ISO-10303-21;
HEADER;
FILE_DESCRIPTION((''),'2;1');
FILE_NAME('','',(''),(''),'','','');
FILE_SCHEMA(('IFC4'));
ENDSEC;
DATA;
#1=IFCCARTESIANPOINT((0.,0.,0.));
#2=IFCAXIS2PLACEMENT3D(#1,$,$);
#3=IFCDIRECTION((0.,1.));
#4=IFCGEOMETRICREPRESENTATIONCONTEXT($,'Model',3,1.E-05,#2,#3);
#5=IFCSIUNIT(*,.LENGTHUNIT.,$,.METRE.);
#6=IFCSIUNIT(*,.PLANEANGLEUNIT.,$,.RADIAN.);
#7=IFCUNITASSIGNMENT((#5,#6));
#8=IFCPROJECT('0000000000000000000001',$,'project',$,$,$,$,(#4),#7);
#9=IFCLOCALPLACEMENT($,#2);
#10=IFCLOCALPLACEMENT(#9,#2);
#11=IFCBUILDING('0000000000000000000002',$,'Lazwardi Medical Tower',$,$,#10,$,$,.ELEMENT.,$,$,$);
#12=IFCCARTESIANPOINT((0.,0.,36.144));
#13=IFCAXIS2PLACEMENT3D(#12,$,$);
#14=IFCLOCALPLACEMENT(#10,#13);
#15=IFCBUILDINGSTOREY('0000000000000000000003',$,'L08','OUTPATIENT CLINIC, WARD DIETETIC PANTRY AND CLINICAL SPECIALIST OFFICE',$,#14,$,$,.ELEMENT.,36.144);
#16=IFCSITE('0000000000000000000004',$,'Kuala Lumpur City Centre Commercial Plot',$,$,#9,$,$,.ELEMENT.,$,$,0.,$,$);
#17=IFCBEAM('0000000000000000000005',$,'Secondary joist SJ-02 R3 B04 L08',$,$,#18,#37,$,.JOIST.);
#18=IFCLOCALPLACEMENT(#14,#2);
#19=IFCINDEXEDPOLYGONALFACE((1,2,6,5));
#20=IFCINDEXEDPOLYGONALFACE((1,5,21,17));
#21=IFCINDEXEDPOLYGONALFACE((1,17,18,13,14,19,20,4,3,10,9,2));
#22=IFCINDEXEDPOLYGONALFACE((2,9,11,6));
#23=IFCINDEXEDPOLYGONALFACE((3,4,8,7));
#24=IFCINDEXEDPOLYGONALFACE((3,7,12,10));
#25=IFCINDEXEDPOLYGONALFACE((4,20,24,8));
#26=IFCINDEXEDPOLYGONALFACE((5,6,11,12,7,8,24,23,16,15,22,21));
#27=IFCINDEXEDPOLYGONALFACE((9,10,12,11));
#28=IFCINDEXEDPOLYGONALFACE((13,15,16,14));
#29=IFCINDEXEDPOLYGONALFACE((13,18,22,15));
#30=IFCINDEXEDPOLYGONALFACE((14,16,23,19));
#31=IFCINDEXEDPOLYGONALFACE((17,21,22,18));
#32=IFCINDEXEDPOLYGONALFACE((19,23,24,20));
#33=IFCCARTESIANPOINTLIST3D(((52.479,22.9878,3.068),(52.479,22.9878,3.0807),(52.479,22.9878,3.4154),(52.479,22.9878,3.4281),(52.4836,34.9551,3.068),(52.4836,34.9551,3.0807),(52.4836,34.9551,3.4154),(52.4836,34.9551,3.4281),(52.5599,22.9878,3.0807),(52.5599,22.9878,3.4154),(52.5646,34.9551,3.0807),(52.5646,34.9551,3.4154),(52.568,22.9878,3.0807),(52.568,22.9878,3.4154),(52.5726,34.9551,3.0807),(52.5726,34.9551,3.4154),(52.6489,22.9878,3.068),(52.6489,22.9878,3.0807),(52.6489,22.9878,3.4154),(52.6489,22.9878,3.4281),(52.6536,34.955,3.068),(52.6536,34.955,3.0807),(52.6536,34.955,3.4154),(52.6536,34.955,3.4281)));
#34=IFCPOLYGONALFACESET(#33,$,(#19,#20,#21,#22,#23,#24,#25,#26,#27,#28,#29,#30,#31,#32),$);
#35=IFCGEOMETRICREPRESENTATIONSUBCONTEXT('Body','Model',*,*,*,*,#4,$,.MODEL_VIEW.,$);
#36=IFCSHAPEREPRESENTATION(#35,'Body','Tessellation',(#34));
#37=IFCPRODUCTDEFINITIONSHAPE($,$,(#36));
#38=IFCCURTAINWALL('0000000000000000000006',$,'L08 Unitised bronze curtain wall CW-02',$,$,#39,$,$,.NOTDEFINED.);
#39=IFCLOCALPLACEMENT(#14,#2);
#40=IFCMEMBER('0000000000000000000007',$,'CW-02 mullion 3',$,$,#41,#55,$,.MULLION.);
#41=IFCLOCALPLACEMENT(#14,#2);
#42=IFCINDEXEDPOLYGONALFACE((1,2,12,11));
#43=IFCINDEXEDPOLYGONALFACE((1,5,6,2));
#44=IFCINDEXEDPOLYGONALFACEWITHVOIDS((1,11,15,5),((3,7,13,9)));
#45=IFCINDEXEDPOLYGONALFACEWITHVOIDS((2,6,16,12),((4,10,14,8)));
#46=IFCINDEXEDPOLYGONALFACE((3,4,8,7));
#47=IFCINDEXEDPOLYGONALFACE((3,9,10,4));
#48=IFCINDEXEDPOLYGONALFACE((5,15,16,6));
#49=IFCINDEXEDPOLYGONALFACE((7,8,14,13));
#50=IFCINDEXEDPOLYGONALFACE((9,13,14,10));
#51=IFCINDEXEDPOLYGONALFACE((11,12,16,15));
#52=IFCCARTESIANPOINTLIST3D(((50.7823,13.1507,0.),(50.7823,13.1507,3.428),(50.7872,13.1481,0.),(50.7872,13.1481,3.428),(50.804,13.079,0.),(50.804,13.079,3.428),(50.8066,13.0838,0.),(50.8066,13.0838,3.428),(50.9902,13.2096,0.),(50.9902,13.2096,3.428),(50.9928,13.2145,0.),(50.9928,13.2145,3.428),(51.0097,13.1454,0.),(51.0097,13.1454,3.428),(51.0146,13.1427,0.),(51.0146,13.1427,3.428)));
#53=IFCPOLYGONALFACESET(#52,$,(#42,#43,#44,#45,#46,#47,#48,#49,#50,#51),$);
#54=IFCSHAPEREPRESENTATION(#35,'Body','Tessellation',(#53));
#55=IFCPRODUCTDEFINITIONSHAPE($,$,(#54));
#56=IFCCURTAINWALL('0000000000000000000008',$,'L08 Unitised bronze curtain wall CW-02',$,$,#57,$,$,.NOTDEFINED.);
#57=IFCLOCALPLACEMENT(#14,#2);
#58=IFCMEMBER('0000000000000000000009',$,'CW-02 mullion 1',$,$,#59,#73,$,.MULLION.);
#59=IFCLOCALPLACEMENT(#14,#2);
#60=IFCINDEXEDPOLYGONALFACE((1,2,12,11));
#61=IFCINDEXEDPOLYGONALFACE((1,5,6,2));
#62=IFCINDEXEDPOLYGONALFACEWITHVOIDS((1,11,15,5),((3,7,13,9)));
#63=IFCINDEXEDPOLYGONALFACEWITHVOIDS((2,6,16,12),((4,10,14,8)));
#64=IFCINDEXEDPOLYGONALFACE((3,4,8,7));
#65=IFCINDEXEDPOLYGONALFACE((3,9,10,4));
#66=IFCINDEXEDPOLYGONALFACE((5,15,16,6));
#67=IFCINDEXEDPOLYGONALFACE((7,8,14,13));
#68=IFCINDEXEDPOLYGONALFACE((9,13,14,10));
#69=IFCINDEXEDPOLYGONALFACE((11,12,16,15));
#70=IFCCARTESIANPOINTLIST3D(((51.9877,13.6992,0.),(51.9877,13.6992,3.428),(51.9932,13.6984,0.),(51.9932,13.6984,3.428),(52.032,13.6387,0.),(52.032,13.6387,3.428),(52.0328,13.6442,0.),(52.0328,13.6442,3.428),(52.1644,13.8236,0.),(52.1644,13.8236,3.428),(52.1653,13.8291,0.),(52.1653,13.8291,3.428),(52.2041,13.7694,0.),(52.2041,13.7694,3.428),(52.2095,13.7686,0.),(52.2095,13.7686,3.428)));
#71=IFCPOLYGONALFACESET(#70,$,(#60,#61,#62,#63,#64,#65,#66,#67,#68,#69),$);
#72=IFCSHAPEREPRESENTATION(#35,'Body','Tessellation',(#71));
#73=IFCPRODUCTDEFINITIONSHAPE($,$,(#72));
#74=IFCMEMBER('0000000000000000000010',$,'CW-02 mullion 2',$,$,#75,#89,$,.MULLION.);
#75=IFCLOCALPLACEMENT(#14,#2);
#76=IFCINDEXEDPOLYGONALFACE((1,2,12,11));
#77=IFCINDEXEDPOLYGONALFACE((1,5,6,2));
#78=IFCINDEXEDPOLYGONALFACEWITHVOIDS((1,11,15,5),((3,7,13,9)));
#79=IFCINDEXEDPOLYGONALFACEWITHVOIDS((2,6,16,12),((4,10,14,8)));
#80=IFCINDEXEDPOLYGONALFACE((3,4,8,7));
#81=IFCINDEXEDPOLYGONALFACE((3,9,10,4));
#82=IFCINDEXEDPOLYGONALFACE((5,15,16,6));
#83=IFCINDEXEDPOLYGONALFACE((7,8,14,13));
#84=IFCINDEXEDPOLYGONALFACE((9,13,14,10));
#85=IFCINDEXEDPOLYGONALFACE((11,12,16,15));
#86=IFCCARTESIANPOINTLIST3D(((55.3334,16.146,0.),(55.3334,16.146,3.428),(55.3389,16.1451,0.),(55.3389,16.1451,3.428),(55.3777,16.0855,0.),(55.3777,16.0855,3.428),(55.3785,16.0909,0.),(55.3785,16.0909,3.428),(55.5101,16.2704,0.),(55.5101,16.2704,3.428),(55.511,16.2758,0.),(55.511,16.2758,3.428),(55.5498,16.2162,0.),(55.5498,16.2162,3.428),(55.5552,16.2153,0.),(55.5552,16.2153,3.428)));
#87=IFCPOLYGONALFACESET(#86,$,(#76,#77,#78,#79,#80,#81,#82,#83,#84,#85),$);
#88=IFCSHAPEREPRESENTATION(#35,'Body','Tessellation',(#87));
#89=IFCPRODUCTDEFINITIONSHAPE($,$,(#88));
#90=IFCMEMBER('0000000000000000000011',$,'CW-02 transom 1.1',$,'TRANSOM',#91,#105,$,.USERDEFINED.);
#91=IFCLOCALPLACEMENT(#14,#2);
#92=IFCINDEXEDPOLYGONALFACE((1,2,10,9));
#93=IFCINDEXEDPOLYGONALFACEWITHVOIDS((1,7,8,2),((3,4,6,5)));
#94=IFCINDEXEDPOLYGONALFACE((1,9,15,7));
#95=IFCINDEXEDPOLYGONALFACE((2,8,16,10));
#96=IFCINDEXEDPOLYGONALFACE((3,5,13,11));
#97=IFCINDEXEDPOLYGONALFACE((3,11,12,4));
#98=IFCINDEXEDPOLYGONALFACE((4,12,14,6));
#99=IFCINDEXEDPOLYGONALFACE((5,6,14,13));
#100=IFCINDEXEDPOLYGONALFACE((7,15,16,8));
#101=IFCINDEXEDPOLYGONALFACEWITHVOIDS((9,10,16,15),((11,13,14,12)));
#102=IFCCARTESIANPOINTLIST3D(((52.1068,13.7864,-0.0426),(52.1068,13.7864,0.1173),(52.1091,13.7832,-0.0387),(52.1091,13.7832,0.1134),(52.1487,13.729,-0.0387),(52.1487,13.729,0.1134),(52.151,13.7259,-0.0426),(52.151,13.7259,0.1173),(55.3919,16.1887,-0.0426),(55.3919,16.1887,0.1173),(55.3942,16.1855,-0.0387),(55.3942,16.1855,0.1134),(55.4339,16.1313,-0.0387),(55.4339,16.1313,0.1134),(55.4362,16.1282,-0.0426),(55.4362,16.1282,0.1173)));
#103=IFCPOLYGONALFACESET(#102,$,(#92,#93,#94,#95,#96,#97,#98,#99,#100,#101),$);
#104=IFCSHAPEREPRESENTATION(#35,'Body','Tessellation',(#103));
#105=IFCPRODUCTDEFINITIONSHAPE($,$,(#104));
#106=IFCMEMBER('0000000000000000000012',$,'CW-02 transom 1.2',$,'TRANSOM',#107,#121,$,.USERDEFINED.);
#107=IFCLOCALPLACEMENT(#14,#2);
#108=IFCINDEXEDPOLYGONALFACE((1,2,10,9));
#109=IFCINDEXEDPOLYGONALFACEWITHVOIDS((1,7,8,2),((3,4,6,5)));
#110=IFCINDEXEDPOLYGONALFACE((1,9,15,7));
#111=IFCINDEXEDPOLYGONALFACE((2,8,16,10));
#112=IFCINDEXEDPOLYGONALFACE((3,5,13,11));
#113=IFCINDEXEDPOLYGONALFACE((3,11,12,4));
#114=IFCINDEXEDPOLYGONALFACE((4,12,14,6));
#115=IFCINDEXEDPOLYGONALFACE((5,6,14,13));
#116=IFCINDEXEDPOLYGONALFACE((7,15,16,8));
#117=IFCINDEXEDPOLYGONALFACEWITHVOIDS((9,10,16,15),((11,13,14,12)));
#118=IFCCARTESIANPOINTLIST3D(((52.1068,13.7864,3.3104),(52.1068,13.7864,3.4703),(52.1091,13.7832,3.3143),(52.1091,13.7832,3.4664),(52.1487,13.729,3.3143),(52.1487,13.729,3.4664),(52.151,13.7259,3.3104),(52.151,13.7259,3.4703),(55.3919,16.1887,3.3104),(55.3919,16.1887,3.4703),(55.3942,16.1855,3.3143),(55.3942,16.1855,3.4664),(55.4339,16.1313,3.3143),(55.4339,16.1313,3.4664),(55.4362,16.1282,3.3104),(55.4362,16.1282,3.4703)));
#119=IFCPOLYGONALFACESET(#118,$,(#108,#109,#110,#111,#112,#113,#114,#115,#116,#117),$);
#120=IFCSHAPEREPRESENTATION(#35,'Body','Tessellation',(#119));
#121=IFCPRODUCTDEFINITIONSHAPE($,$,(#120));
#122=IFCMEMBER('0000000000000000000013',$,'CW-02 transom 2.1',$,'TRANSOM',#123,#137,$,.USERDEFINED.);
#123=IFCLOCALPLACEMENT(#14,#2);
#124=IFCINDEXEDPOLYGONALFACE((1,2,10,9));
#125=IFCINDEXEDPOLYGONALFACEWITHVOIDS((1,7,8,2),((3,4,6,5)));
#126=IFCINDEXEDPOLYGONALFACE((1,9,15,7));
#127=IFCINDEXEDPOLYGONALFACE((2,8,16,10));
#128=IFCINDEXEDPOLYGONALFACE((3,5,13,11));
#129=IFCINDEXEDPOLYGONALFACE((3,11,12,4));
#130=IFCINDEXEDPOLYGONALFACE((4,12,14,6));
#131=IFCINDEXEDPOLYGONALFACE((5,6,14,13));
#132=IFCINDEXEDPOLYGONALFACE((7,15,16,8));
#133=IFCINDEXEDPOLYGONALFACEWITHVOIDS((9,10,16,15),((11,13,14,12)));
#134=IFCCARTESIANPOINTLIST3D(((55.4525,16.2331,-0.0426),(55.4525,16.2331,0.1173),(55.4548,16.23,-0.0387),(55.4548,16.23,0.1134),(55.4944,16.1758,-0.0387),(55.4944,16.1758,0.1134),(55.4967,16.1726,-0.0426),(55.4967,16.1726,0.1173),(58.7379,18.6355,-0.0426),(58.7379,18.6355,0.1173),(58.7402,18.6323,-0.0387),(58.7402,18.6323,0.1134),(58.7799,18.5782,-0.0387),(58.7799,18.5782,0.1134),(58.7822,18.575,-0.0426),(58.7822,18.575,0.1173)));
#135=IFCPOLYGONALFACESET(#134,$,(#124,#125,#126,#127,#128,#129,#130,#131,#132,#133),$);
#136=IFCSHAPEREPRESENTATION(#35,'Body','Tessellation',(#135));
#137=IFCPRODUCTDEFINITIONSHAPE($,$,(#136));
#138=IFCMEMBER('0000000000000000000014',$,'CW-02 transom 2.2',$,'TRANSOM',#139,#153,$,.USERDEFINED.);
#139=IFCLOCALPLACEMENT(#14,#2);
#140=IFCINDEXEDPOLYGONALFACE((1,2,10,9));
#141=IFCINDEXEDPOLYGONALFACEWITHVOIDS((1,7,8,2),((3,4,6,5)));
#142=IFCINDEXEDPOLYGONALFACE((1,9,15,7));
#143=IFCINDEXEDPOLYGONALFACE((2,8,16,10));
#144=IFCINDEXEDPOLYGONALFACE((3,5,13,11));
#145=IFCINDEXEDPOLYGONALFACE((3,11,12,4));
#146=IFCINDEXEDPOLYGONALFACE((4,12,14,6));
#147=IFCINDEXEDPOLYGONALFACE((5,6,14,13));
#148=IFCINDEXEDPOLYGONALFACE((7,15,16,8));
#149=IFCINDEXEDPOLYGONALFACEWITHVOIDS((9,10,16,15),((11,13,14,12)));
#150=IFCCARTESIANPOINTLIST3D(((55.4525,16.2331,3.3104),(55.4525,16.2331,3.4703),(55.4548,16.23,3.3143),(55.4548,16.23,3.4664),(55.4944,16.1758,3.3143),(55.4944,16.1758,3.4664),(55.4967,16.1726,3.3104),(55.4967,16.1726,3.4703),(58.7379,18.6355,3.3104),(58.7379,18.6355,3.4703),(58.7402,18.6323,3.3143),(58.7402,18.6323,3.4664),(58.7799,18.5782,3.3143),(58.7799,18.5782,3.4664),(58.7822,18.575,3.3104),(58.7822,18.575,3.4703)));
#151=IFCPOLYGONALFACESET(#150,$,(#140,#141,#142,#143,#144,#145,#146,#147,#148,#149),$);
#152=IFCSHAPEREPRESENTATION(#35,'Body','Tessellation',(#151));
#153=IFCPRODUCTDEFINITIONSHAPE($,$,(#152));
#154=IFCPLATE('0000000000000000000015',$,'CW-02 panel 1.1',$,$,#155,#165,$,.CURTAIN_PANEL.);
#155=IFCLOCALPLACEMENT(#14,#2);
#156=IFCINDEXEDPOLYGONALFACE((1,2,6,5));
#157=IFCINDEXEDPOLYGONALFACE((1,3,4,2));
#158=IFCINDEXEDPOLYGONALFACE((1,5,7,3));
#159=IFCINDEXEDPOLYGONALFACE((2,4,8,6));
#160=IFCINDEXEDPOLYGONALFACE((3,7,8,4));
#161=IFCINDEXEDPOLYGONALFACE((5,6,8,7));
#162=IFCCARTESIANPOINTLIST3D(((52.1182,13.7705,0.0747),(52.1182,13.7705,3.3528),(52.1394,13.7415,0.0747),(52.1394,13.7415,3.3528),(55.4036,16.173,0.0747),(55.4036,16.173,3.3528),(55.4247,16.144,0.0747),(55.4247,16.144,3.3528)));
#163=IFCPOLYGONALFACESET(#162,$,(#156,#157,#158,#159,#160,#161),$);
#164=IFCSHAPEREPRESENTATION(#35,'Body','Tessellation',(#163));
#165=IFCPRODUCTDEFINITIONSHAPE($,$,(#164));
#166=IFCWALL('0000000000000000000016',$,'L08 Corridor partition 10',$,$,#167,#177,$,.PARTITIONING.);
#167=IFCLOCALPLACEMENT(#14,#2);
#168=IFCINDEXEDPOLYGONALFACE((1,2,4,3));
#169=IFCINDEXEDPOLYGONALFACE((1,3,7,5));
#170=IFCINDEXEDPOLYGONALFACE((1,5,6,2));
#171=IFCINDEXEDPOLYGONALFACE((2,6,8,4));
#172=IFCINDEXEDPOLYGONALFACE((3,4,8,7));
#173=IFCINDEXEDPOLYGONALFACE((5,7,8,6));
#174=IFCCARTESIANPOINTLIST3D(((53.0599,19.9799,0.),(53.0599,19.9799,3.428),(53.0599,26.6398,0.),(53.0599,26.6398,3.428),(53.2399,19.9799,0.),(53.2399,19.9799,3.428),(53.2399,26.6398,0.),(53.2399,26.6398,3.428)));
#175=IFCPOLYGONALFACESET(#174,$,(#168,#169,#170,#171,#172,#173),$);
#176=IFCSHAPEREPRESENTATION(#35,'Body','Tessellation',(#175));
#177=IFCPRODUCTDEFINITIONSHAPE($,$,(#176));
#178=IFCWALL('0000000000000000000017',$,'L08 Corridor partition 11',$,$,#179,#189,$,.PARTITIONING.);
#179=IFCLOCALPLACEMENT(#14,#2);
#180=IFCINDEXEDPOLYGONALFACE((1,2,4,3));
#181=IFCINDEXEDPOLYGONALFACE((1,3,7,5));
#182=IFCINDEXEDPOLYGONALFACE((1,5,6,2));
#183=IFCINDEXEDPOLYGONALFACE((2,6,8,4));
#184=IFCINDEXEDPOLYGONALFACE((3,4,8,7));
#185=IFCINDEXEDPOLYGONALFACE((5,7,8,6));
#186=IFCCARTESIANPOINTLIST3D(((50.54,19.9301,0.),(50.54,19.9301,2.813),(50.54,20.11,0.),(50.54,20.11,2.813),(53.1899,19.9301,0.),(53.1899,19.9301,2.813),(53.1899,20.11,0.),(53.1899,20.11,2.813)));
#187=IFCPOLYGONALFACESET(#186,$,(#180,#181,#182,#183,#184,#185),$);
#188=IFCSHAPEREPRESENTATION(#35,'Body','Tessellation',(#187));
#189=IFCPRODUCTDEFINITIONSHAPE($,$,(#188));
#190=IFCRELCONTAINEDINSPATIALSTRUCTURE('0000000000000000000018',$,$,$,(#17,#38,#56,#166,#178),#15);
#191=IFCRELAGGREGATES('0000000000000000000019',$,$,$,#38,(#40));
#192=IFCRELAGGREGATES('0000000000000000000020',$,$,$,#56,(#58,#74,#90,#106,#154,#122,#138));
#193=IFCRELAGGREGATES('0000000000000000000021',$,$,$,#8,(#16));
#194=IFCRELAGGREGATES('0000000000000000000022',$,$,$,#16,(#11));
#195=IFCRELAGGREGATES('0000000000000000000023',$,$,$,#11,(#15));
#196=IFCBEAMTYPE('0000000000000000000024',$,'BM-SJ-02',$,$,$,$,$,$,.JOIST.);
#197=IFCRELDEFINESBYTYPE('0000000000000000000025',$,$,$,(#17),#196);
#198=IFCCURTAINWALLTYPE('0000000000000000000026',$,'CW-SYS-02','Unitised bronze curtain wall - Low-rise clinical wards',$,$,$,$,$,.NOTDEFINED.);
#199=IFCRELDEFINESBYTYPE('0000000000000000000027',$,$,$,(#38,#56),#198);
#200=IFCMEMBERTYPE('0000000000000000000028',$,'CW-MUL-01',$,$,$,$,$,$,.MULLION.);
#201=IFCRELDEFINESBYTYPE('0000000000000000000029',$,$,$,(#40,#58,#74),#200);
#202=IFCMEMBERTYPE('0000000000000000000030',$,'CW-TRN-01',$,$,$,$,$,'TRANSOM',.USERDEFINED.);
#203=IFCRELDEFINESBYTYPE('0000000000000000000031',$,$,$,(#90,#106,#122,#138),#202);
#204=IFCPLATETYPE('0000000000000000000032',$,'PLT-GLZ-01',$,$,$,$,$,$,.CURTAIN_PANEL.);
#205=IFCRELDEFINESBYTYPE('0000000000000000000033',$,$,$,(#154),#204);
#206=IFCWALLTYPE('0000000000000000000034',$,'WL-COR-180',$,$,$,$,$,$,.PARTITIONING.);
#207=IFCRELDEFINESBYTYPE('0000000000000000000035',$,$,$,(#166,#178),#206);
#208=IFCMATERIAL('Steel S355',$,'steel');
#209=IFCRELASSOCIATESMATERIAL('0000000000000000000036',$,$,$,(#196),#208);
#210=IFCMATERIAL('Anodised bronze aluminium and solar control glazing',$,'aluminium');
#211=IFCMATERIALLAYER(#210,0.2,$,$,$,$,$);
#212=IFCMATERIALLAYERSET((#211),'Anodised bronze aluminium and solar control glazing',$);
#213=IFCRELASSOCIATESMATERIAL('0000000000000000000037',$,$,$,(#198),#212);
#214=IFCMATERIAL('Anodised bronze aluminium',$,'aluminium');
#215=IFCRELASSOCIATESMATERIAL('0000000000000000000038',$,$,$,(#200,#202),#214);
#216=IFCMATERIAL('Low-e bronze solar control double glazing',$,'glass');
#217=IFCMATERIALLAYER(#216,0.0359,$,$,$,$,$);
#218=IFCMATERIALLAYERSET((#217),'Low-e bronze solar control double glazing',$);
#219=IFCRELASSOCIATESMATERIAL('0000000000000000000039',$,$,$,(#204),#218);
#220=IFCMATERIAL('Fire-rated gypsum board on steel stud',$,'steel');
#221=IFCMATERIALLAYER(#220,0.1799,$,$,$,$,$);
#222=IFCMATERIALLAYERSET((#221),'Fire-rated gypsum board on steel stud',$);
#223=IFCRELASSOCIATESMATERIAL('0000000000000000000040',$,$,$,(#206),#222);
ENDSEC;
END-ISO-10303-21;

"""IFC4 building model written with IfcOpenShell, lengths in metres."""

from ifc_helpers import new_model, si_unit, direction, frame, frame_2d, origin, origin_2d, place, context, subcontext, project, spatial, rectangle, hollow_rectangle, i_section, extrude, material, layer, layer_set, material_profile, profile_set, type_object, element, aggregate, save


model = new_model("IFC4")

# Units and contexts
model_context = context("Model", 3, precision=1e-05, world=origin(), true_north=direction((0.0, 1.0)))
body_context = subcontext(model_context, "Body", "Model", "MODEL_VIEW")
ifc_project = project(units=[si_unit("LENGTHUNIT", "METRE"), si_unit("PLANEANGLEUNIT", "RADIAN")], contexts=[model_context])

# Site, building, storey
site_placement = place(None, origin())
site = spatial("IfcSite", under=ifc_project, at=site_placement, Name="Kuala Lumpur City Centre Commercial Plot", CompositionType="ELEMENT", RefElevation=0.0)
building_placement = place(site_placement, origin())
building = spatial("IfcBuilding", under=site, at=building_placement, Name="Lazwardi Medical Tower", CompositionType="ELEMENT")
storey_placement = place(building_placement, frame((0.0, 0.0, 36.144)))
storey = spatial("IfcBuildingStorey", under=building, at=storey_placement, Name="L08", Description="OUTPATIENT CLINIC, WARD DIETETIC PANTRY AND CLINICAL SPECIALIST OFFICE", CompositionType="ELEMENT", Elevation=36.144)

# Beam
ifc_material_1 = material(Name="Steel S355", Category="steel")
ifc_material_profile_1 = material_profile(ifc_material_1, i_section(OverallWidth=0.1699, OverallDepth=0.3601, WebThickness=0.0081, FlangeThickness=0.0127, at=origin_2d()), Name="IPE 360")
ifc_profile_set_1 = profile_set([ifc_material_profile_1], Name="Steel S355")
beam_type_1 = type_object("IfcBeamType", Name="BM-SJ-02", PredefinedType="JOIST", material=ifc_profile_set_1)
beam_1_placement = place(storey_placement, frame((52.564, 22.9878, 3.248), z_axis=(0.000388, 1.0, 0.0), x_axis=(-1.0, 0.000388, 0.0)))
element("IfcBeam", 1, at=beam_1_placement, inside=storey, type_object=beam_type_1, Name="Secondary joist SJ-02 R3 B04 L08", PredefinedType="JOIST", context=body_context, shape_type="SweptSolid", body=[
    extrude(i_section(OverallWidth=0.1699, OverallDepth=0.3601, WebThickness=0.0081, FlangeThickness=0.0127, at=origin_2d()), origin(), (0.0, 0.0, 1.0), 11.9673),
])

# Curtain wall, member
ifc_material_2 = material(Name="Anodised bronze aluminium and solar control glazing", Category="aluminium")
ifc_layer_1 = layer(ifc_material_2, 0.2)
ifc_layer_set_1 = layer_set([ifc_layer_1], Name="Anodised bronze aluminium and solar control glazing")
curtain_wall_type = type_object("IfcCurtainWallType", Name="CW-SYS-02", Description="Unitised bronze curtain wall - Low-rise clinical wards", PredefinedType="NOTDEFINED", material=ifc_layer_set_1)
curtain_wall_1_placement = place(storey_placement, origin())
curtain_wall_1 = element("IfcCurtainWall", 2, at=curtain_wall_1_placement, inside=storey, type_object=curtain_wall_type, Name="L08 Unitised bronze curtain wall CW-02", PredefinedType="NOTDEFINED")
ifc_material_3 = material(Name="Anodised bronze aluminium", Category="aluminium")
ifc_material_profile_2 = material_profile(ifc_material_3, hollow_rectangle(XDim=0.075, YDim=0.22, WallThickness=0.0039, at=origin_2d()), Name="ALU-MULLION 220x75x4")
ifc_profile_set_2 = profile_set([ifc_material_profile_2], Name="Anodised bronze aluminium")
member_type_1 = type_object("IfcMemberType", Name="CW-MUL-01", PredefinedType="MULLION", material=ifc_profile_set_2)
member_1_placement = place(storey_placement, frame((50.8984, 13.1467, 0.0), z_axis=(0.0, 0.0, 1.0), x_axis=(-0.289896, 0.957058, 0.0)))
member_1 = element("IfcMember", 3, at=member_1_placement, type_object=member_type_1, Name="CW-02 mullion 3", PredefinedType="MULLION", context=body_context, shape_type="SweptSolid", body=[
    extrude(hollow_rectangle(XDim=0.075, YDim=0.22, WallThickness=0.0039, at=origin_2d()), origin(), (0.0, 0.0, 1.0), 3.428),
])
aggregate(curtain_wall_1, [member_1])

# Curtain wall, members, plate
curtain_wall_2_placement = place(storey_placement, origin())
curtain_wall_2 = element("IfcCurtainWall", 4, at=curtain_wall_2_placement, inside=storey, type_object=curtain_wall_type, Name="L08 Unitised bronze curtain wall CW-02", PredefinedType="NOTDEFINED")
member_2_placement = place(storey_placement, frame((52.0986, 13.7339, 0.0), z_axis=(0.0, 0.0, 1.0), x_axis=(-0.590289, 0.807192, 0.0)))
member_2 = element("IfcMember", 5, at=member_2_placement, type_object=member_type_1, Name="CW-02 mullion 1", PredefinedType="MULLION", context=body_context, shape_type="SweptSolid", body=[
    extrude(hollow_rectangle(XDim=0.075, YDim=0.22, WallThickness=0.0039, at=origin_2d()), origin(), (0.0, 0.0, 1.0), 3.428),
])
member_3_placement = place(storey_placement, frame((55.4443, 16.1807, 0.0), z_axis=(0.0, 0.0, 1.0), x_axis=(-0.590289, 0.807192, 0.0)))
member_3 = element("IfcMember", 6, at=member_3_placement, type_object=member_type_1, Name="CW-02 mullion 2", PredefinedType="MULLION", context=body_context, shape_type="SweptSolid", body=[
    extrude(hollow_rectangle(XDim=0.075, YDim=0.22, WallThickness=0.0039, at=origin_2d()), origin(), (0.0, 0.0, 1.0), 3.428),
])
ifc_material_profile_3 = material_profile(ifc_material_3, hollow_rectangle(XDim=0.075, YDim=0.1599, WallThickness=0.0039, at=origin_2d()), Name="ALU-TRANSOM 160x75x4")
ifc_profile_set_3 = profile_set([ifc_material_profile_3], Name="Anodised bronze aluminium")
member_type_2 = type_object("IfcMemberType", Name="CW-TRN-01", ElementType="TRANSOM", PredefinedType="USERDEFINED", material=ifc_profile_set_3)
member_4_placement = place(storey_placement, frame((52.1289, 13.7561, 0.0374), z_axis=(0.807198, 0.590281, 0.0), x_axis=(-0.590281, 0.807198, 0.0)))
member_4 = element("IfcMember", 7, at=member_4_placement, type_object=member_type_2, Name="CW-02 transom 1.1", ObjectType="TRANSOM", PredefinedType="USERDEFINED", context=body_context, shape_type="SweptSolid", body=[
    extrude(hollow_rectangle(XDim=0.075, YDim=0.1599, WallThickness=0.0039, at=origin_2d()), origin(), (0.0, 0.0, 1.0), 4.0698),
])
member_5_placement = place(storey_placement, frame((52.1289, 13.7561, 3.3904), z_axis=(0.807198, 0.590281, 0.0), x_axis=(-0.590281, 0.807198, 0.0)))
member_5 = element("IfcMember", 8, at=member_5_placement, type_object=member_type_2, Name="CW-02 transom 1.2", ObjectType="TRANSOM", PredefinedType="USERDEFINED", context=body_context, shape_type="SweptSolid", body=[
    extrude(hollow_rectangle(XDim=0.075, YDim=0.1599, WallThickness=0.0039, at=origin_2d()), origin(), (0.0, 0.0, 1.0), 4.0698),
])
member_6_placement = place(storey_placement, frame((55.4746, 16.2029, 0.0374), z_axis=(0.807219, 0.590253, 0.0), x_axis=(-0.590253, 0.807219, 0.0)))
member_6 = element("IfcMember", 9, at=member_6_placement, type_object=member_type_2, Name="CW-02 transom 2.1", ObjectType="TRANSOM", PredefinedType="USERDEFINED", context=body_context, shape_type="SweptSolid", body=[
    extrude(hollow_rectangle(XDim=0.075, YDim=0.1599, WallThickness=0.0039, at=origin_2d()), origin(), (0.0, 0.0, 1.0), 4.0701),
])
member_7_placement = place(storey_placement, frame((55.4746, 16.2029, 3.3904), z_axis=(0.807219, 0.590253, 0.0), x_axis=(-0.590253, 0.807219, 0.0)))
member_7 = element("IfcMember", 10, at=member_7_placement, type_object=member_type_2, Name="CW-02 transom 2.2", ObjectType="TRANSOM", PredefinedType="USERDEFINED", context=body_context, shape_type="SweptSolid", body=[
    extrude(hollow_rectangle(XDim=0.075, YDim=0.1599, WallThickness=0.0039, at=origin_2d()), origin(), (0.0, 0.0, 1.0), 4.0701),
])
ifc_material_4 = material(Name="Low-e bronze solar control double glazing", Category="glass")
ifc_layer_2 = layer(ifc_material_4, 0.0359)
ifc_layer_set_2 = layer_set([ifc_layer_2], Name="Low-e bronze solar control double glazing")
plate_type = type_object("IfcPlateType", Name="PLT-GLZ-01", PredefinedType="CURTAIN_PANEL", material=ifc_layer_set_2)
plate_placement = place(storey_placement, frame((53.7715, 14.9573, 0.0747), z_axis=(0.0, 0.0, 1.0), x_axis=(0.807192, 0.590289, 0.0)))
plate = element("IfcPlate", 11, at=plate_placement, type_object=plate_type, Name="CW-02 panel 1.1", PredefinedType="CURTAIN_PANEL", context=body_context, shape_type="SweptSolid", body=[
    extrude(rectangle(XDim=4.0701, YDim=0.0359, at=origin_2d()), origin(), (0.0, 0.0, 1.0), 3.2781),
])
aggregate(curtain_wall_2, [member_2, member_3, member_4, member_5, plate, member_6, member_7])

# Walls
ifc_material_5 = material(Name="Fire-rated gypsum board on steel stud", Category="steel")
ifc_layer_3 = layer(ifc_material_5, 0.1799)
ifc_layer_set_3 = layer_set([ifc_layer_3], Name="Fire-rated gypsum board on steel stud")
wall_type_1 = type_object("IfcWallType", Name="WL-COR-180", PredefinedType="PARTITIONING", material=ifc_layer_set_3)
wall_1_placement = place(storey_placement, frame((53.1499, 26.6399, 0.0), z_axis=(0.0, 0.0, 1.0), x_axis=(0.0, -1.0, 0.0)))
element("IfcWall", 12, at=wall_1_placement, inside=storey, type_object=wall_type_1, Name="L08 Corridor partition 10", PredefinedType="PARTITIONING", context=body_context, shape_type="SweptSolid", body=[
    extrude(rectangle(XDim=6.6599, YDim=0.1799, at=frame_2d((3.3301, 0.0))), origin(), (0.0, 0.0, 1.0), 3.428),
])
wall_2_placement = place(storey_placement, frame((53.1899, 20.02, 0.0), z_axis=(0.0, 0.0, 1.0), x_axis=(-1.0, 0.0, 0.0)))
element("IfcWall", 13, at=wall_2_placement, inside=storey, type_object=wall_type_1, Name="L08 Corridor partition 11", PredefinedType="PARTITIONING", context=body_context, shape_type="SweptSolid", body=[
    extrude(rectangle(XDim=2.6499, YDim=0.1799, at=frame_2d((1.325, 0.0))), origin(), (0.0, 0.0, 1.0), 2.813),
])

save(model, "model.ifc")
